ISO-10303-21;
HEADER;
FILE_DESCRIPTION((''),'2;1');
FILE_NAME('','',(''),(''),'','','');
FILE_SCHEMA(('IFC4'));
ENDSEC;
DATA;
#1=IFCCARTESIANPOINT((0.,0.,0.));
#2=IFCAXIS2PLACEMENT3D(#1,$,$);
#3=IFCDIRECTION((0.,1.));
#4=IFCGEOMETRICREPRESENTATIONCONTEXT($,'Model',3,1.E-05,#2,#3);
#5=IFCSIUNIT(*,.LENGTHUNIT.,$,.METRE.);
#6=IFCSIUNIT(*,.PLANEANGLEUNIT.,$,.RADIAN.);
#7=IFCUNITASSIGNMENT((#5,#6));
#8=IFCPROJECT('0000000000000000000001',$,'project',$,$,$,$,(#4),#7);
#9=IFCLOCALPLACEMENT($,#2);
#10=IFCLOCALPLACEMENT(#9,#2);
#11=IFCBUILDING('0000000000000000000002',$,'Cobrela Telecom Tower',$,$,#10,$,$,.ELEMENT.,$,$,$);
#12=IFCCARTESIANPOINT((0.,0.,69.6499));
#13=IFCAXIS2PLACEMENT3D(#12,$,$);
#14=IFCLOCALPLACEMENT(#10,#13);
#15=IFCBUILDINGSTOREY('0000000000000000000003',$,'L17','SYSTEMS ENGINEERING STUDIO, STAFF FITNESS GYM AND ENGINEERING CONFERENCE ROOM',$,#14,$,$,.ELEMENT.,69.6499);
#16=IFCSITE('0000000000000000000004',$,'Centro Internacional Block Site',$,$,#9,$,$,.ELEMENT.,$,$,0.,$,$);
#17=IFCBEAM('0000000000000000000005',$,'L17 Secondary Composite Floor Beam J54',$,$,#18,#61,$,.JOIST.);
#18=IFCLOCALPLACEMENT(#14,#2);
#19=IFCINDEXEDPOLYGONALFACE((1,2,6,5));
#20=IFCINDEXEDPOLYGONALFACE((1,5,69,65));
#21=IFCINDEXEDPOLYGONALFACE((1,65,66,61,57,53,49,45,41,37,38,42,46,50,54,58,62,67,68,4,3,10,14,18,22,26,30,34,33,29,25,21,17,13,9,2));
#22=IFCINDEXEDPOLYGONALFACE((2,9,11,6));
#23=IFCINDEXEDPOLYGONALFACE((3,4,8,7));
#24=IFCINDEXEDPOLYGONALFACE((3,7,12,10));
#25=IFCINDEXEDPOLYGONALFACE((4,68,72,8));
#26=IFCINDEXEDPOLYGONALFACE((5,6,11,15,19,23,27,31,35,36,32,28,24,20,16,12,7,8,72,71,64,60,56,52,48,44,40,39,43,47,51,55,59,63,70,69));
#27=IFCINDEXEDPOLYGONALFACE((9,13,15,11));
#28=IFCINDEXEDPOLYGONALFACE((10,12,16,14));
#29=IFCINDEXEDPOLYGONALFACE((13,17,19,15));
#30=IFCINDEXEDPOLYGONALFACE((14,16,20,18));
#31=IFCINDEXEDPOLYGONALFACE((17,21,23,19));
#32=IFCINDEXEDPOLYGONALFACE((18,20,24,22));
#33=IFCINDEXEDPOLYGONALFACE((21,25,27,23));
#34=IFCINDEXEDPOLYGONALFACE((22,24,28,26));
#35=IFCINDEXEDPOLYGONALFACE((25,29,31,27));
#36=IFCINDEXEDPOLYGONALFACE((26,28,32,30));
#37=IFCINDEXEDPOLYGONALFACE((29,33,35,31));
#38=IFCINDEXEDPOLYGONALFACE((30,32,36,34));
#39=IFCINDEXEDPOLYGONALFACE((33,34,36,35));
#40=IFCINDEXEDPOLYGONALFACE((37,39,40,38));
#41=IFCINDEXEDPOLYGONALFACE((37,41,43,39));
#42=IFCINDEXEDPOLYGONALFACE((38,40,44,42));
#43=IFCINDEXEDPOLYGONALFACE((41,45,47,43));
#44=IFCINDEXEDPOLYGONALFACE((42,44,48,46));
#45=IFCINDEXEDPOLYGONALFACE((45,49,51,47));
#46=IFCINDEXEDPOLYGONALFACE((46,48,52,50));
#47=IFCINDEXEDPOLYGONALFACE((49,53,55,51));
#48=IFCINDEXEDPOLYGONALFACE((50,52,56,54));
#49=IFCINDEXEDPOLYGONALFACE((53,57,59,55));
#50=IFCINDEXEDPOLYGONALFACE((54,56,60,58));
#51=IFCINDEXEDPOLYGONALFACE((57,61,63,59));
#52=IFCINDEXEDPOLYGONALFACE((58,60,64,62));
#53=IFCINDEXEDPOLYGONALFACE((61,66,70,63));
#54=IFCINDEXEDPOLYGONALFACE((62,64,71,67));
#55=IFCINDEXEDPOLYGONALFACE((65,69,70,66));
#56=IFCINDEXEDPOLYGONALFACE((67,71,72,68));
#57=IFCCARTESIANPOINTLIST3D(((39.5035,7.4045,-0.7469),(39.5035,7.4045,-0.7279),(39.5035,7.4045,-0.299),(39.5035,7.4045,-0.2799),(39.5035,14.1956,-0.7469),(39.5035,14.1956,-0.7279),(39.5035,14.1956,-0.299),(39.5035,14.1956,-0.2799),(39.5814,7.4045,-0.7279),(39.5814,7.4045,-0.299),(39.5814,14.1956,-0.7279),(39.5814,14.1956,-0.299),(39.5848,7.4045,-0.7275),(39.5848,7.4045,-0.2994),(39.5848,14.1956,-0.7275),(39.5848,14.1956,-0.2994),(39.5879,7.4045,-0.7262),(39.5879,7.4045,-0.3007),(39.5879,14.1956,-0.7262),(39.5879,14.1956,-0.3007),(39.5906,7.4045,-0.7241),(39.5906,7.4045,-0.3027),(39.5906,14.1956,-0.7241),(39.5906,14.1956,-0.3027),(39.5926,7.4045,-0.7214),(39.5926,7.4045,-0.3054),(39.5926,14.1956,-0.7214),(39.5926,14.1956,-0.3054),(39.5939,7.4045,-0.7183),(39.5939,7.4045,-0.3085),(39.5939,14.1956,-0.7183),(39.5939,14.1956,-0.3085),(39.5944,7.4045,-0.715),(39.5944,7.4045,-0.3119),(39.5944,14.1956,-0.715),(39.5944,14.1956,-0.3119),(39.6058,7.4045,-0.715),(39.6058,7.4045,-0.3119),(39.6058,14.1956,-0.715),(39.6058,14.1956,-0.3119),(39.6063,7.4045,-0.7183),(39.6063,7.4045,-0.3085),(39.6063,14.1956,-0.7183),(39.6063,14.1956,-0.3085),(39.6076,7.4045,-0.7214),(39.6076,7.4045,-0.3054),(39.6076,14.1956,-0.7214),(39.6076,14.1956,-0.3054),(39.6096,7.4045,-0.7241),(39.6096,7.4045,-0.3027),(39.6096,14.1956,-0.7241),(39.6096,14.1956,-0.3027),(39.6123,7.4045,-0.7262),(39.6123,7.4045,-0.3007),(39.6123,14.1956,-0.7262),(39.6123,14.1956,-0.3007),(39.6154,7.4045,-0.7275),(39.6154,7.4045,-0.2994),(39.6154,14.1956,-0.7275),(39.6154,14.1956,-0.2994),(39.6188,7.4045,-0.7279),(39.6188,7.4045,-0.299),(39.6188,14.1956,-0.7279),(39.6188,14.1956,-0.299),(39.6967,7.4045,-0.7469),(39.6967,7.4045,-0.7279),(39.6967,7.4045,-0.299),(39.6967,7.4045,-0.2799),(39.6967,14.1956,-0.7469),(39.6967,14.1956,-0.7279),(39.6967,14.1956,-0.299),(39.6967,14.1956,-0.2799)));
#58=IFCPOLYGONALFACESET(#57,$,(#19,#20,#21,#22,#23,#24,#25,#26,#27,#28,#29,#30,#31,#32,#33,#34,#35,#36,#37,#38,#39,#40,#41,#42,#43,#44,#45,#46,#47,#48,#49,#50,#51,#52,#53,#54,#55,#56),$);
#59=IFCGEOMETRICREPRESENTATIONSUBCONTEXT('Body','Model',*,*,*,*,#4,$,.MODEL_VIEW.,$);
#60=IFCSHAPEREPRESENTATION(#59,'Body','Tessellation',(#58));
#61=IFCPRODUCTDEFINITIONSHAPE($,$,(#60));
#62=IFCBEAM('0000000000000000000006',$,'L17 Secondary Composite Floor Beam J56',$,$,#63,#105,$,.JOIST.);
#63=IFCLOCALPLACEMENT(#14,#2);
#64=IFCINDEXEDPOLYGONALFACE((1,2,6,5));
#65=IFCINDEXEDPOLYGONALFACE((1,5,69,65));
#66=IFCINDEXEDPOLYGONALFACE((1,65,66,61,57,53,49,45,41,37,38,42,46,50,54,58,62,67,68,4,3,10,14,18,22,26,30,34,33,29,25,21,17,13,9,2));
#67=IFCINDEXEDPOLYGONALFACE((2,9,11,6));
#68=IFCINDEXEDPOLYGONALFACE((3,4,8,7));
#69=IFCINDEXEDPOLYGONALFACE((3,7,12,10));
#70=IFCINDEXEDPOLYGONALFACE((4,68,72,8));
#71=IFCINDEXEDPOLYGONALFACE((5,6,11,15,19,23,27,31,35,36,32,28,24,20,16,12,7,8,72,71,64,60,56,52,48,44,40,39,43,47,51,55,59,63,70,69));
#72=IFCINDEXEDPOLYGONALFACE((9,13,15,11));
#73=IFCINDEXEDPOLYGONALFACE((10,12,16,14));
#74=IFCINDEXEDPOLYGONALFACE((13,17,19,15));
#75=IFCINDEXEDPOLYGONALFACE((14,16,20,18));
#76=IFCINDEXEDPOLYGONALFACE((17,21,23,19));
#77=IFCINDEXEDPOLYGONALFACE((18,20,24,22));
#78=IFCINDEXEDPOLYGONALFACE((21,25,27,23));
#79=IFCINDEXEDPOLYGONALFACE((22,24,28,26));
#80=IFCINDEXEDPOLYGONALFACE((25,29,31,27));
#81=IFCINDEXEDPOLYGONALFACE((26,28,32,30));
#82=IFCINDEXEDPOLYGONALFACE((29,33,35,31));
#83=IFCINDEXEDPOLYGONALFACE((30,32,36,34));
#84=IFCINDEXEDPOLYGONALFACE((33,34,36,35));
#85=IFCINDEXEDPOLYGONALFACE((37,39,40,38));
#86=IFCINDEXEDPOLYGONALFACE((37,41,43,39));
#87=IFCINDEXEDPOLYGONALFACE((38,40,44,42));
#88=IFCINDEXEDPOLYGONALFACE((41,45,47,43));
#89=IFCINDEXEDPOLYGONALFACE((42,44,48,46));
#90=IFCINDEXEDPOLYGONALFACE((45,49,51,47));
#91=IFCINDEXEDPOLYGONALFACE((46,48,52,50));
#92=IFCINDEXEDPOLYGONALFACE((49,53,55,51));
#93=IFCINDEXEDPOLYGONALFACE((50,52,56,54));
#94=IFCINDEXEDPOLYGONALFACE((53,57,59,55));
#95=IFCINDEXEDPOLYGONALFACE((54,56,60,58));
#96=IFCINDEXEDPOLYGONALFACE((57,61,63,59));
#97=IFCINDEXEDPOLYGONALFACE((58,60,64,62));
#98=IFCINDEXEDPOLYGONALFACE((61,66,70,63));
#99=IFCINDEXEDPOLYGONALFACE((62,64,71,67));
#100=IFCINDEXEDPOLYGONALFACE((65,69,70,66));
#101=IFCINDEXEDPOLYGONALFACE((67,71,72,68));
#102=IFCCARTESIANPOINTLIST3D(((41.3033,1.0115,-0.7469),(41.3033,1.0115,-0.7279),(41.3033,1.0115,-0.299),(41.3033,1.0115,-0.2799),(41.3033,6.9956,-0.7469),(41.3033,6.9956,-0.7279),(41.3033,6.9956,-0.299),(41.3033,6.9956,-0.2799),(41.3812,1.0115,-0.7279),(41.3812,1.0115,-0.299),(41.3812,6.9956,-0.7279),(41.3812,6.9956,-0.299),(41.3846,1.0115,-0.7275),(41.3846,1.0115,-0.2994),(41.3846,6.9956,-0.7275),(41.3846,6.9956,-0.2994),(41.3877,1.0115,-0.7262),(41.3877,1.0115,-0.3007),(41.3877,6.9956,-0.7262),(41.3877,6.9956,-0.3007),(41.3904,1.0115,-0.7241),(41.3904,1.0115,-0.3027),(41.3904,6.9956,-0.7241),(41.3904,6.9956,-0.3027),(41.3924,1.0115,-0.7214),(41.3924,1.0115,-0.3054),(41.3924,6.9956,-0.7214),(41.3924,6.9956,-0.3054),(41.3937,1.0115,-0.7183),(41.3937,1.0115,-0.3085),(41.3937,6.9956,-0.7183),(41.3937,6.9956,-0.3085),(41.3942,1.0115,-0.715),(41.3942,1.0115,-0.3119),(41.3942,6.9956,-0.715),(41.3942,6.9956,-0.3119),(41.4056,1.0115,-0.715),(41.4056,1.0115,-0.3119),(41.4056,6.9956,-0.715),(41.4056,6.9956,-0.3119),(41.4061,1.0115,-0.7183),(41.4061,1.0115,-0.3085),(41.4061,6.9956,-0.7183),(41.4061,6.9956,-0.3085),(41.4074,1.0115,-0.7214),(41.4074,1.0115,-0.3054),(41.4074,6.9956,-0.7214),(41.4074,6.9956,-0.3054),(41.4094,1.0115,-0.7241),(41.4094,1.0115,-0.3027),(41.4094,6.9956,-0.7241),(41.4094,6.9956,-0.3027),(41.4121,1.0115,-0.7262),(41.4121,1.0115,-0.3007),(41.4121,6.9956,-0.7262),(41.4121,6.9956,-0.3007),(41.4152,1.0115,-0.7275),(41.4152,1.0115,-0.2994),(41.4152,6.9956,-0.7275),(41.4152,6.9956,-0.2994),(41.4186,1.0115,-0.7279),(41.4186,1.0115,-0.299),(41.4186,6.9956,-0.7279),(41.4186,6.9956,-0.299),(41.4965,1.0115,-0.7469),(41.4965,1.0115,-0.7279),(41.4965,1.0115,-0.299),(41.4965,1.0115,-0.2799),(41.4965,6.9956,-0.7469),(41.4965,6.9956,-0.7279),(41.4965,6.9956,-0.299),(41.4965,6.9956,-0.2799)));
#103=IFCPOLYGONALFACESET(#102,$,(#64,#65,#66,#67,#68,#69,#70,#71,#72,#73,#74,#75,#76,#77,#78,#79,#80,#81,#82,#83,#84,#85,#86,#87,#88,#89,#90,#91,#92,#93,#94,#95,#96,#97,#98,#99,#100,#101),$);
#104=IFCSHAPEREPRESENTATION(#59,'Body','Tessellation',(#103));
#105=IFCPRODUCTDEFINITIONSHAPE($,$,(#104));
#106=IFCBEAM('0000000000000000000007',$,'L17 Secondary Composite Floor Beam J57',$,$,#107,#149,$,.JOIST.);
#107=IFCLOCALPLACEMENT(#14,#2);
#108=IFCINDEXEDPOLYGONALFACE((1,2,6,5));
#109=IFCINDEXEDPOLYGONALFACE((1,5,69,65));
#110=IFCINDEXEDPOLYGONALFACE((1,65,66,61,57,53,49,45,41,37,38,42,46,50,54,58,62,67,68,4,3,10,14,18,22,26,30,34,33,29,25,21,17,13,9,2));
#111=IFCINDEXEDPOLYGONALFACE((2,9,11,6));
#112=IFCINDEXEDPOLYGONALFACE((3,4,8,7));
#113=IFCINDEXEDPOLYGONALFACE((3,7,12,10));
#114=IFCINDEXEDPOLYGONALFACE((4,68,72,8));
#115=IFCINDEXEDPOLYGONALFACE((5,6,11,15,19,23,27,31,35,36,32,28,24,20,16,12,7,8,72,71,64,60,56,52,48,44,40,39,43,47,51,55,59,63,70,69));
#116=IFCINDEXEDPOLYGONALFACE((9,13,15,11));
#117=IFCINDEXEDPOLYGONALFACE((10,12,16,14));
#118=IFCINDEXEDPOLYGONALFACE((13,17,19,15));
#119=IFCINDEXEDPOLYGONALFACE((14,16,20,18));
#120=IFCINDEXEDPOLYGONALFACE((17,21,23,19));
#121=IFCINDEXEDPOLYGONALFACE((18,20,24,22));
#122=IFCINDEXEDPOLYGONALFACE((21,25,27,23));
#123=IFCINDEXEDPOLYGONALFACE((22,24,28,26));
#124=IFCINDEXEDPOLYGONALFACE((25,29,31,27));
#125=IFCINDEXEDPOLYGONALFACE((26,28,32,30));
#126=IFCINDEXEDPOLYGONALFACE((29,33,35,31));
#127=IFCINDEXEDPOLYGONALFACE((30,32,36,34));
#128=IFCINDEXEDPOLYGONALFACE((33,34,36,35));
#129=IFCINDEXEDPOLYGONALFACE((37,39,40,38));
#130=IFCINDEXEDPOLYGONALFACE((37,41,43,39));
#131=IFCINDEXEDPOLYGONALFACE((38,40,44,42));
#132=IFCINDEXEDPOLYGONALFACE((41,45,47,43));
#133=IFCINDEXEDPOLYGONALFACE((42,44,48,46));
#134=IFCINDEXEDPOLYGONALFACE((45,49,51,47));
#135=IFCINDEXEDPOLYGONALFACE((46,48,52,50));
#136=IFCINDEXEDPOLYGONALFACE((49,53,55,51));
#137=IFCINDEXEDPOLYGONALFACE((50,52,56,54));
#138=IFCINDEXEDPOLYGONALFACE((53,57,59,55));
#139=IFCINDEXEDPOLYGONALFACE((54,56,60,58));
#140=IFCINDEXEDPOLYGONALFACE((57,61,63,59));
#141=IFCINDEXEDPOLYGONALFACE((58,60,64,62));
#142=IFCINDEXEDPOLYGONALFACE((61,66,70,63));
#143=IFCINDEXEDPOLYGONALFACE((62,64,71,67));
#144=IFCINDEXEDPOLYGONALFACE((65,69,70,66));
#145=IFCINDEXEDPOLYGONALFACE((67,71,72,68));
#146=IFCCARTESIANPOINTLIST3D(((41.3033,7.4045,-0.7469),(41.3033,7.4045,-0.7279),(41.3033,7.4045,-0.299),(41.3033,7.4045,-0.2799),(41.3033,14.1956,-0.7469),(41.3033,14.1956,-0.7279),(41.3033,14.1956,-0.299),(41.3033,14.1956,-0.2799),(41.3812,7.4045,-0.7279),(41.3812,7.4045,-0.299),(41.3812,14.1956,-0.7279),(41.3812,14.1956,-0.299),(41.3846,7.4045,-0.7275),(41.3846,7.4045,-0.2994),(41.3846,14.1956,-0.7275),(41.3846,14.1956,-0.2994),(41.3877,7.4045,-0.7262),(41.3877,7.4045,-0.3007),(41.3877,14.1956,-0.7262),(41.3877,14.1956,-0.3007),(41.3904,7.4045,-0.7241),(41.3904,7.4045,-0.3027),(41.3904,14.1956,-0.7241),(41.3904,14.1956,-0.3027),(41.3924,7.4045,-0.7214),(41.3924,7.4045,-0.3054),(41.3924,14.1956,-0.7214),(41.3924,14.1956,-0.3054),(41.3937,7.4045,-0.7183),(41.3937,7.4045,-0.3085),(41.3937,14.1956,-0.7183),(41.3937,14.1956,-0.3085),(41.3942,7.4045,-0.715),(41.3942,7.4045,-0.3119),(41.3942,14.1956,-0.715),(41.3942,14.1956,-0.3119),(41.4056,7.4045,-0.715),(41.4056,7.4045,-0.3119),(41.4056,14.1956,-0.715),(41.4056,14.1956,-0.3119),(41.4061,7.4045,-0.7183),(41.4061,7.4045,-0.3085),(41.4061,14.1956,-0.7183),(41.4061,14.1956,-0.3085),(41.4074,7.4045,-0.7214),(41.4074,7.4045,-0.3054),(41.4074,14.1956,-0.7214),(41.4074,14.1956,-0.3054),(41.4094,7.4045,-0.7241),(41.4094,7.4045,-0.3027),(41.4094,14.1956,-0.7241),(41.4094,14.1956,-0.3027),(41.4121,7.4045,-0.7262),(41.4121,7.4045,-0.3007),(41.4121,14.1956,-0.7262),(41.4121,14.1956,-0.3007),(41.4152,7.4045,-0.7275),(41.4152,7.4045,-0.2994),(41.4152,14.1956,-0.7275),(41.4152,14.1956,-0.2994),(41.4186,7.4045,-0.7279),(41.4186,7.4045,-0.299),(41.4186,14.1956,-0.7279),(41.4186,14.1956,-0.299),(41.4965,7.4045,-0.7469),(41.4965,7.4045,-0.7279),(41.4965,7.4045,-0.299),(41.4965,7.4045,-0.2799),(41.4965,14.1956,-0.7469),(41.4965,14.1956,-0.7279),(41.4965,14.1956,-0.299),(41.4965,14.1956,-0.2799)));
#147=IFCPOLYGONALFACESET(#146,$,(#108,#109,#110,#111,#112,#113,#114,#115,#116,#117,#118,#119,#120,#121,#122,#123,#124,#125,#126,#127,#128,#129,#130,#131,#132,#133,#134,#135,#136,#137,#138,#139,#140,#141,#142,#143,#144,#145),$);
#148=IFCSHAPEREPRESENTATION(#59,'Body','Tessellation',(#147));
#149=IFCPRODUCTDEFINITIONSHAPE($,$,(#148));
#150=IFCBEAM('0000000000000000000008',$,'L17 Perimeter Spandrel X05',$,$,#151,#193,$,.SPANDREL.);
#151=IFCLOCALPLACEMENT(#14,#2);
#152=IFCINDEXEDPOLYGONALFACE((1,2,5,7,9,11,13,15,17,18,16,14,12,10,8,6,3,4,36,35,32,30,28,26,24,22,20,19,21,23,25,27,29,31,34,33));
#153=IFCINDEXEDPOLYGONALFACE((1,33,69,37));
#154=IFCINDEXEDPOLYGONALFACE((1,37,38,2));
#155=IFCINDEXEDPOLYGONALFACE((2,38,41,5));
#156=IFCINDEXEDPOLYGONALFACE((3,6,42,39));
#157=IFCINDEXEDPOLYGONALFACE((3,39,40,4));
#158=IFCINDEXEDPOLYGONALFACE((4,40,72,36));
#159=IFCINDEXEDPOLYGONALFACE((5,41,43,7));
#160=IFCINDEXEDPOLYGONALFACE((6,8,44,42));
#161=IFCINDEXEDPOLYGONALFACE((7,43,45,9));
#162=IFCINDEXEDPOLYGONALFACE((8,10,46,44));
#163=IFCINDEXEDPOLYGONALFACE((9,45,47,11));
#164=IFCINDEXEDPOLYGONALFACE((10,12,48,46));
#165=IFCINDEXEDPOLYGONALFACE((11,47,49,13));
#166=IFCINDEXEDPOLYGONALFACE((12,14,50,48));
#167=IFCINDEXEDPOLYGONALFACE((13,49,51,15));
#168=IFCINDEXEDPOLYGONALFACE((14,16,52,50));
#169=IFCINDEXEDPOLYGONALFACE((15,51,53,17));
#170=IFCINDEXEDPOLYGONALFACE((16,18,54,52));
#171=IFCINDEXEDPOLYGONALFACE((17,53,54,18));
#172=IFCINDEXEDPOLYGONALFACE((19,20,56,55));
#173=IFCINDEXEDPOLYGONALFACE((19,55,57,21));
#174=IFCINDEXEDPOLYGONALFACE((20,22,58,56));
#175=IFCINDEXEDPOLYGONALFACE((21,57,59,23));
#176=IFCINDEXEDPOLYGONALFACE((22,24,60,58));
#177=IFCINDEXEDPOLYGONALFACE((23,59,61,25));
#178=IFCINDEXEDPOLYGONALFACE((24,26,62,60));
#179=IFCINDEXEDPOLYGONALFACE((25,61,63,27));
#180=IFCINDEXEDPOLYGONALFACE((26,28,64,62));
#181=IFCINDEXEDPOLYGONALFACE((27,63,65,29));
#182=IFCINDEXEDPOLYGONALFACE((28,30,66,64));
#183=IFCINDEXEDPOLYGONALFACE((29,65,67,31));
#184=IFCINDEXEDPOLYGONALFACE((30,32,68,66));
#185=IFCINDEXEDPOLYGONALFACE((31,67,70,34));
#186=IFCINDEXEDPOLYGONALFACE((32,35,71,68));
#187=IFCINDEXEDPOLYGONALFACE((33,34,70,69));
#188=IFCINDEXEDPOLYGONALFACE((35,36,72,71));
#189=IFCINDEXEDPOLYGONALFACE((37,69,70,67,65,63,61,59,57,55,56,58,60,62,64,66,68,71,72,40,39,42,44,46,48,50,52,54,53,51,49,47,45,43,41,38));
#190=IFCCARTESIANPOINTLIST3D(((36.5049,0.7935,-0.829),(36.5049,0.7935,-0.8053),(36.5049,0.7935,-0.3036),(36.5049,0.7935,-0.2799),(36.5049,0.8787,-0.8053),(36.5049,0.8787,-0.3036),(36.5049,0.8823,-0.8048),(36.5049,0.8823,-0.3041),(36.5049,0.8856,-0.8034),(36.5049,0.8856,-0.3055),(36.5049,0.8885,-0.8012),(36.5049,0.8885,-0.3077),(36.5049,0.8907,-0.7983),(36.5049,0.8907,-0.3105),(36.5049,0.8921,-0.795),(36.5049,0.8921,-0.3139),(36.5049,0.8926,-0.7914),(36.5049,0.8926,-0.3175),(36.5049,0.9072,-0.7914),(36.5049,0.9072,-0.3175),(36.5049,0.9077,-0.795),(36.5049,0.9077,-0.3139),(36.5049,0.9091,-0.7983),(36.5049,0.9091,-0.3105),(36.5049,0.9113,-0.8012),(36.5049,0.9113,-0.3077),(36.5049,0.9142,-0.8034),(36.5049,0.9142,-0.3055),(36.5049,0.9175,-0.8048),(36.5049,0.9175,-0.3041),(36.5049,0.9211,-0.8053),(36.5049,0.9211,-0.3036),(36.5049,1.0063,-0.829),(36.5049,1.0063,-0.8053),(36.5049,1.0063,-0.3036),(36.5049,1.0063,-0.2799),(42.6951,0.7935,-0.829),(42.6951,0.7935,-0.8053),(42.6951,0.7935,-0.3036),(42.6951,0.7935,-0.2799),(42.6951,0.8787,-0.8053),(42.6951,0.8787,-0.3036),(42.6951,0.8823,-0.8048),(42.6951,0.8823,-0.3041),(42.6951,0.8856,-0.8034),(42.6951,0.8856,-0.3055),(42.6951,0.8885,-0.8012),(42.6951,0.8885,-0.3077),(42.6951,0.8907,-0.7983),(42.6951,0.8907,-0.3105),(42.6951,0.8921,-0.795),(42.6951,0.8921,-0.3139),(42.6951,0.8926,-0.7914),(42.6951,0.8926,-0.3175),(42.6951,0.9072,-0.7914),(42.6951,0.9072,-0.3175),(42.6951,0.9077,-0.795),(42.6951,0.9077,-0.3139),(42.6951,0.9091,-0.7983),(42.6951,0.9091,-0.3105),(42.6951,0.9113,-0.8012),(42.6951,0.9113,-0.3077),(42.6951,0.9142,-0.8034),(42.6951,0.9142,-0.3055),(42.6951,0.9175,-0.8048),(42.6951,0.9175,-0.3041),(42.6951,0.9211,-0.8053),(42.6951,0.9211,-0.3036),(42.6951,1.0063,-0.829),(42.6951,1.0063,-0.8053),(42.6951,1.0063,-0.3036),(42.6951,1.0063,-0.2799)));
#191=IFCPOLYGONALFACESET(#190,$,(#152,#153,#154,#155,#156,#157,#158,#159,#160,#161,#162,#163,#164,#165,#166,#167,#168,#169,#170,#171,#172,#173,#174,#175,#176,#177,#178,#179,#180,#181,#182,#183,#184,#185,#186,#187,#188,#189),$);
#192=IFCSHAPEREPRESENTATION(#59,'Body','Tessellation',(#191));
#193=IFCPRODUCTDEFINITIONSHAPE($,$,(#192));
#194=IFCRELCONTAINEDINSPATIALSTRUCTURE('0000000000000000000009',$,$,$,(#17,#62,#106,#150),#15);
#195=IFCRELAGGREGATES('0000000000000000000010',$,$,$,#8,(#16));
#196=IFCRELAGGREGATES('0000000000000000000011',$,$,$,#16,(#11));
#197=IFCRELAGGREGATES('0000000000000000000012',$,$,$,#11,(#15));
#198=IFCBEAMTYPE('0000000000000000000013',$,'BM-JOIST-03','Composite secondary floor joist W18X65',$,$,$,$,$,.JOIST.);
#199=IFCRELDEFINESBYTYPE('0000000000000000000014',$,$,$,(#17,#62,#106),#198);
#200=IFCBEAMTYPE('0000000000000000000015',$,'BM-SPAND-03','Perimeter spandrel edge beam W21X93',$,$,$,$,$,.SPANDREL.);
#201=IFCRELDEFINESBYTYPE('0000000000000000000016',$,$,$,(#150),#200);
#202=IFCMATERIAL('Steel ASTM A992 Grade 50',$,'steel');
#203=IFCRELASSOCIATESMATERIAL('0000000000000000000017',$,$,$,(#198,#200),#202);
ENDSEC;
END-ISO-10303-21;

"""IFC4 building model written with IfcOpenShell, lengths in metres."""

from ifc_helpers import new_model, si_unit, direction, frame, origin, origin_2d, place, context, subcontext, project, spatial, i_section, extrude, material, material_profile, profile_set, type_object, element, save


model = new_model("IFC4")

# Units and contexts
model_context = context("Model", 3, precision=1e-05, world=origin(), true_north=direction((0.0, 1.0)))
body_context = subcontext(model_context, "Body", "Model", "MODEL_VIEW")
ifc_project = project(units=[si_unit("LENGTHUNIT", "METRE"), si_unit("PLANEANGLEUNIT", "RADIAN")], contexts=[model_context])

# Site, building, storey
site_placement = place(None, origin())
site = spatial("IfcSite", under=ifc_project, at=site_placement, Name="Centro Internacional Block Site", CompositionType="ELEMENT", RefElevation=0.0)
building_placement = place(site_placement, origin())
building = spatial("IfcBuilding", under=site, at=building_placement, Name="Cobrela Telecom Tower", CompositionType="ELEMENT")
storey_placement = place(building_placement, frame((0.0, 0.0, 69.6499)))
storey = spatial("IfcBuildingStorey", under=building, at=storey_placement, Name="L17", Description="SYSTEMS ENGINEERING STUDIO, STAFF FITNESS GYM AND ENGINEERING CONFERENCE ROOM", CompositionType="ELEMENT", Elevation=69.6499)

# Shared definitions
ifc_material_1 = material(Name="Steel ASTM A992 Grade 50", Category="steel")

# Beams
ifc_material_profile_1 = material_profile(ifc_material_1, i_section(OverallWidth=0.1931, OverallDepth=0.467, WebThickness=0.0115, FlangeThickness=0.019, FilletRadius=0.0129, at=origin_2d()), Name="W18X65")
ifc_profile_set_1 = profile_set([ifc_material_profile_1], Name="Steel ASTM A992 Grade 50")
beam_type_1 = type_object("IfcBeamType", Name="BM-JOIST-03", Description="Composite secondary floor joist W18X65", PredefinedType="JOIST", material=ifc_profile_set_1)
beam_1_placement = place(storey_placement, frame((39.6001, 7.4045, -0.5134), z_axis=(0.0, 1.0, 0.0), x_axis=(-1.0, 0.0, 0.0)))
element("IfcBeam", 1, at=beam_1_placement, inside=storey, type_object=beam_type_1, Name="L17 Secondary Composite Floor Beam J54", PredefinedType="JOIST", context=body_context, shape_type="SweptSolid", body=[
    extrude(i_section(OverallWidth=0.1931, OverallDepth=0.467, WebThickness=0.0115, FlangeThickness=0.019, FilletRadius=0.0129, at=origin_2d()), origin(), (0.0, 0.0, 1.0), 6.791),
])
beam_2_placement = place(storey_placement, frame((41.3999, 1.0115, -0.5134), z_axis=(0.0, 1.0, 0.0), x_axis=(-1.0, 0.0, 0.0)))
element("IfcBeam", 2, at=beam_2_placement, inside=storey, type_object=beam_type_1, Name="L17 Secondary Composite Floor Beam J56", PredefinedType="JOIST", context=body_context, shape_type="SweptSolid", body=[
    extrude(i_section(OverallWidth=0.1931, OverallDepth=0.467, WebThickness=0.0115, FlangeThickness=0.019, FilletRadius=0.0129, at=origin_2d()), origin(), (0.0, 0.0, 1.0), 5.9841),
])
beam_3_placement = place(storey_placement, frame((41.3999, 7.4045, -0.5134), z_axis=(0.0, 1.0, 0.0), x_axis=(-1.0, 0.0, 0.0)))
element("IfcBeam", 3, at=beam_3_placement, inside=storey, type_object=beam_type_1, Name="L17 Secondary Composite Floor Beam J57", PredefinedType="JOIST", context=body_context, shape_type="SweptSolid", body=[
    extrude(i_section(OverallWidth=0.1931, OverallDepth=0.467, WebThickness=0.0115, FlangeThickness=0.019, FilletRadius=0.0129, at=origin_2d()), origin(), (0.0, 0.0, 1.0), 6.791),
])
ifc_material_profile_2 = material_profile(ifc_material_1, i_section(OverallWidth=0.2129, OverallDepth=0.5491, WebThickness=0.0146, FlangeThickness=0.0237, FilletRadius=0.0139, at=origin_2d()), Name="W21X93")
ifc_profile_set_2 = profile_set([ifc_material_profile_2], Name="Steel ASTM A992 Grade 50")
beam_type_2 = type_object("IfcBeamType", Name="BM-SPAND-03", Description="Perimeter spandrel edge beam W21X93", PredefinedType="SPANDREL", material=ifc_profile_set_2)
beam_4_placement = place(storey_placement, frame((36.5049, 0.8999, -0.5544), z_axis=(1.0, 0.0, 0.0), x_axis=(0.0, 1.0, 0.0)))
element("IfcBeam", 4, at=beam_4_placement, inside=storey, type_object=beam_type_2, Name="L17 Perimeter Spandrel X05", PredefinedType="SPANDREL", context=body_context, shape_type="SweptSolid", body=[
    extrude(i_section(OverallWidth=0.2129, OverallDepth=0.5491, WebThickness=0.0146, FlangeThickness=0.0237, FilletRadius=0.0139, at=origin_2d()), origin(), (0.0, 0.0, 1.0), 6.1902),
])

save(model, "model.ifc")
